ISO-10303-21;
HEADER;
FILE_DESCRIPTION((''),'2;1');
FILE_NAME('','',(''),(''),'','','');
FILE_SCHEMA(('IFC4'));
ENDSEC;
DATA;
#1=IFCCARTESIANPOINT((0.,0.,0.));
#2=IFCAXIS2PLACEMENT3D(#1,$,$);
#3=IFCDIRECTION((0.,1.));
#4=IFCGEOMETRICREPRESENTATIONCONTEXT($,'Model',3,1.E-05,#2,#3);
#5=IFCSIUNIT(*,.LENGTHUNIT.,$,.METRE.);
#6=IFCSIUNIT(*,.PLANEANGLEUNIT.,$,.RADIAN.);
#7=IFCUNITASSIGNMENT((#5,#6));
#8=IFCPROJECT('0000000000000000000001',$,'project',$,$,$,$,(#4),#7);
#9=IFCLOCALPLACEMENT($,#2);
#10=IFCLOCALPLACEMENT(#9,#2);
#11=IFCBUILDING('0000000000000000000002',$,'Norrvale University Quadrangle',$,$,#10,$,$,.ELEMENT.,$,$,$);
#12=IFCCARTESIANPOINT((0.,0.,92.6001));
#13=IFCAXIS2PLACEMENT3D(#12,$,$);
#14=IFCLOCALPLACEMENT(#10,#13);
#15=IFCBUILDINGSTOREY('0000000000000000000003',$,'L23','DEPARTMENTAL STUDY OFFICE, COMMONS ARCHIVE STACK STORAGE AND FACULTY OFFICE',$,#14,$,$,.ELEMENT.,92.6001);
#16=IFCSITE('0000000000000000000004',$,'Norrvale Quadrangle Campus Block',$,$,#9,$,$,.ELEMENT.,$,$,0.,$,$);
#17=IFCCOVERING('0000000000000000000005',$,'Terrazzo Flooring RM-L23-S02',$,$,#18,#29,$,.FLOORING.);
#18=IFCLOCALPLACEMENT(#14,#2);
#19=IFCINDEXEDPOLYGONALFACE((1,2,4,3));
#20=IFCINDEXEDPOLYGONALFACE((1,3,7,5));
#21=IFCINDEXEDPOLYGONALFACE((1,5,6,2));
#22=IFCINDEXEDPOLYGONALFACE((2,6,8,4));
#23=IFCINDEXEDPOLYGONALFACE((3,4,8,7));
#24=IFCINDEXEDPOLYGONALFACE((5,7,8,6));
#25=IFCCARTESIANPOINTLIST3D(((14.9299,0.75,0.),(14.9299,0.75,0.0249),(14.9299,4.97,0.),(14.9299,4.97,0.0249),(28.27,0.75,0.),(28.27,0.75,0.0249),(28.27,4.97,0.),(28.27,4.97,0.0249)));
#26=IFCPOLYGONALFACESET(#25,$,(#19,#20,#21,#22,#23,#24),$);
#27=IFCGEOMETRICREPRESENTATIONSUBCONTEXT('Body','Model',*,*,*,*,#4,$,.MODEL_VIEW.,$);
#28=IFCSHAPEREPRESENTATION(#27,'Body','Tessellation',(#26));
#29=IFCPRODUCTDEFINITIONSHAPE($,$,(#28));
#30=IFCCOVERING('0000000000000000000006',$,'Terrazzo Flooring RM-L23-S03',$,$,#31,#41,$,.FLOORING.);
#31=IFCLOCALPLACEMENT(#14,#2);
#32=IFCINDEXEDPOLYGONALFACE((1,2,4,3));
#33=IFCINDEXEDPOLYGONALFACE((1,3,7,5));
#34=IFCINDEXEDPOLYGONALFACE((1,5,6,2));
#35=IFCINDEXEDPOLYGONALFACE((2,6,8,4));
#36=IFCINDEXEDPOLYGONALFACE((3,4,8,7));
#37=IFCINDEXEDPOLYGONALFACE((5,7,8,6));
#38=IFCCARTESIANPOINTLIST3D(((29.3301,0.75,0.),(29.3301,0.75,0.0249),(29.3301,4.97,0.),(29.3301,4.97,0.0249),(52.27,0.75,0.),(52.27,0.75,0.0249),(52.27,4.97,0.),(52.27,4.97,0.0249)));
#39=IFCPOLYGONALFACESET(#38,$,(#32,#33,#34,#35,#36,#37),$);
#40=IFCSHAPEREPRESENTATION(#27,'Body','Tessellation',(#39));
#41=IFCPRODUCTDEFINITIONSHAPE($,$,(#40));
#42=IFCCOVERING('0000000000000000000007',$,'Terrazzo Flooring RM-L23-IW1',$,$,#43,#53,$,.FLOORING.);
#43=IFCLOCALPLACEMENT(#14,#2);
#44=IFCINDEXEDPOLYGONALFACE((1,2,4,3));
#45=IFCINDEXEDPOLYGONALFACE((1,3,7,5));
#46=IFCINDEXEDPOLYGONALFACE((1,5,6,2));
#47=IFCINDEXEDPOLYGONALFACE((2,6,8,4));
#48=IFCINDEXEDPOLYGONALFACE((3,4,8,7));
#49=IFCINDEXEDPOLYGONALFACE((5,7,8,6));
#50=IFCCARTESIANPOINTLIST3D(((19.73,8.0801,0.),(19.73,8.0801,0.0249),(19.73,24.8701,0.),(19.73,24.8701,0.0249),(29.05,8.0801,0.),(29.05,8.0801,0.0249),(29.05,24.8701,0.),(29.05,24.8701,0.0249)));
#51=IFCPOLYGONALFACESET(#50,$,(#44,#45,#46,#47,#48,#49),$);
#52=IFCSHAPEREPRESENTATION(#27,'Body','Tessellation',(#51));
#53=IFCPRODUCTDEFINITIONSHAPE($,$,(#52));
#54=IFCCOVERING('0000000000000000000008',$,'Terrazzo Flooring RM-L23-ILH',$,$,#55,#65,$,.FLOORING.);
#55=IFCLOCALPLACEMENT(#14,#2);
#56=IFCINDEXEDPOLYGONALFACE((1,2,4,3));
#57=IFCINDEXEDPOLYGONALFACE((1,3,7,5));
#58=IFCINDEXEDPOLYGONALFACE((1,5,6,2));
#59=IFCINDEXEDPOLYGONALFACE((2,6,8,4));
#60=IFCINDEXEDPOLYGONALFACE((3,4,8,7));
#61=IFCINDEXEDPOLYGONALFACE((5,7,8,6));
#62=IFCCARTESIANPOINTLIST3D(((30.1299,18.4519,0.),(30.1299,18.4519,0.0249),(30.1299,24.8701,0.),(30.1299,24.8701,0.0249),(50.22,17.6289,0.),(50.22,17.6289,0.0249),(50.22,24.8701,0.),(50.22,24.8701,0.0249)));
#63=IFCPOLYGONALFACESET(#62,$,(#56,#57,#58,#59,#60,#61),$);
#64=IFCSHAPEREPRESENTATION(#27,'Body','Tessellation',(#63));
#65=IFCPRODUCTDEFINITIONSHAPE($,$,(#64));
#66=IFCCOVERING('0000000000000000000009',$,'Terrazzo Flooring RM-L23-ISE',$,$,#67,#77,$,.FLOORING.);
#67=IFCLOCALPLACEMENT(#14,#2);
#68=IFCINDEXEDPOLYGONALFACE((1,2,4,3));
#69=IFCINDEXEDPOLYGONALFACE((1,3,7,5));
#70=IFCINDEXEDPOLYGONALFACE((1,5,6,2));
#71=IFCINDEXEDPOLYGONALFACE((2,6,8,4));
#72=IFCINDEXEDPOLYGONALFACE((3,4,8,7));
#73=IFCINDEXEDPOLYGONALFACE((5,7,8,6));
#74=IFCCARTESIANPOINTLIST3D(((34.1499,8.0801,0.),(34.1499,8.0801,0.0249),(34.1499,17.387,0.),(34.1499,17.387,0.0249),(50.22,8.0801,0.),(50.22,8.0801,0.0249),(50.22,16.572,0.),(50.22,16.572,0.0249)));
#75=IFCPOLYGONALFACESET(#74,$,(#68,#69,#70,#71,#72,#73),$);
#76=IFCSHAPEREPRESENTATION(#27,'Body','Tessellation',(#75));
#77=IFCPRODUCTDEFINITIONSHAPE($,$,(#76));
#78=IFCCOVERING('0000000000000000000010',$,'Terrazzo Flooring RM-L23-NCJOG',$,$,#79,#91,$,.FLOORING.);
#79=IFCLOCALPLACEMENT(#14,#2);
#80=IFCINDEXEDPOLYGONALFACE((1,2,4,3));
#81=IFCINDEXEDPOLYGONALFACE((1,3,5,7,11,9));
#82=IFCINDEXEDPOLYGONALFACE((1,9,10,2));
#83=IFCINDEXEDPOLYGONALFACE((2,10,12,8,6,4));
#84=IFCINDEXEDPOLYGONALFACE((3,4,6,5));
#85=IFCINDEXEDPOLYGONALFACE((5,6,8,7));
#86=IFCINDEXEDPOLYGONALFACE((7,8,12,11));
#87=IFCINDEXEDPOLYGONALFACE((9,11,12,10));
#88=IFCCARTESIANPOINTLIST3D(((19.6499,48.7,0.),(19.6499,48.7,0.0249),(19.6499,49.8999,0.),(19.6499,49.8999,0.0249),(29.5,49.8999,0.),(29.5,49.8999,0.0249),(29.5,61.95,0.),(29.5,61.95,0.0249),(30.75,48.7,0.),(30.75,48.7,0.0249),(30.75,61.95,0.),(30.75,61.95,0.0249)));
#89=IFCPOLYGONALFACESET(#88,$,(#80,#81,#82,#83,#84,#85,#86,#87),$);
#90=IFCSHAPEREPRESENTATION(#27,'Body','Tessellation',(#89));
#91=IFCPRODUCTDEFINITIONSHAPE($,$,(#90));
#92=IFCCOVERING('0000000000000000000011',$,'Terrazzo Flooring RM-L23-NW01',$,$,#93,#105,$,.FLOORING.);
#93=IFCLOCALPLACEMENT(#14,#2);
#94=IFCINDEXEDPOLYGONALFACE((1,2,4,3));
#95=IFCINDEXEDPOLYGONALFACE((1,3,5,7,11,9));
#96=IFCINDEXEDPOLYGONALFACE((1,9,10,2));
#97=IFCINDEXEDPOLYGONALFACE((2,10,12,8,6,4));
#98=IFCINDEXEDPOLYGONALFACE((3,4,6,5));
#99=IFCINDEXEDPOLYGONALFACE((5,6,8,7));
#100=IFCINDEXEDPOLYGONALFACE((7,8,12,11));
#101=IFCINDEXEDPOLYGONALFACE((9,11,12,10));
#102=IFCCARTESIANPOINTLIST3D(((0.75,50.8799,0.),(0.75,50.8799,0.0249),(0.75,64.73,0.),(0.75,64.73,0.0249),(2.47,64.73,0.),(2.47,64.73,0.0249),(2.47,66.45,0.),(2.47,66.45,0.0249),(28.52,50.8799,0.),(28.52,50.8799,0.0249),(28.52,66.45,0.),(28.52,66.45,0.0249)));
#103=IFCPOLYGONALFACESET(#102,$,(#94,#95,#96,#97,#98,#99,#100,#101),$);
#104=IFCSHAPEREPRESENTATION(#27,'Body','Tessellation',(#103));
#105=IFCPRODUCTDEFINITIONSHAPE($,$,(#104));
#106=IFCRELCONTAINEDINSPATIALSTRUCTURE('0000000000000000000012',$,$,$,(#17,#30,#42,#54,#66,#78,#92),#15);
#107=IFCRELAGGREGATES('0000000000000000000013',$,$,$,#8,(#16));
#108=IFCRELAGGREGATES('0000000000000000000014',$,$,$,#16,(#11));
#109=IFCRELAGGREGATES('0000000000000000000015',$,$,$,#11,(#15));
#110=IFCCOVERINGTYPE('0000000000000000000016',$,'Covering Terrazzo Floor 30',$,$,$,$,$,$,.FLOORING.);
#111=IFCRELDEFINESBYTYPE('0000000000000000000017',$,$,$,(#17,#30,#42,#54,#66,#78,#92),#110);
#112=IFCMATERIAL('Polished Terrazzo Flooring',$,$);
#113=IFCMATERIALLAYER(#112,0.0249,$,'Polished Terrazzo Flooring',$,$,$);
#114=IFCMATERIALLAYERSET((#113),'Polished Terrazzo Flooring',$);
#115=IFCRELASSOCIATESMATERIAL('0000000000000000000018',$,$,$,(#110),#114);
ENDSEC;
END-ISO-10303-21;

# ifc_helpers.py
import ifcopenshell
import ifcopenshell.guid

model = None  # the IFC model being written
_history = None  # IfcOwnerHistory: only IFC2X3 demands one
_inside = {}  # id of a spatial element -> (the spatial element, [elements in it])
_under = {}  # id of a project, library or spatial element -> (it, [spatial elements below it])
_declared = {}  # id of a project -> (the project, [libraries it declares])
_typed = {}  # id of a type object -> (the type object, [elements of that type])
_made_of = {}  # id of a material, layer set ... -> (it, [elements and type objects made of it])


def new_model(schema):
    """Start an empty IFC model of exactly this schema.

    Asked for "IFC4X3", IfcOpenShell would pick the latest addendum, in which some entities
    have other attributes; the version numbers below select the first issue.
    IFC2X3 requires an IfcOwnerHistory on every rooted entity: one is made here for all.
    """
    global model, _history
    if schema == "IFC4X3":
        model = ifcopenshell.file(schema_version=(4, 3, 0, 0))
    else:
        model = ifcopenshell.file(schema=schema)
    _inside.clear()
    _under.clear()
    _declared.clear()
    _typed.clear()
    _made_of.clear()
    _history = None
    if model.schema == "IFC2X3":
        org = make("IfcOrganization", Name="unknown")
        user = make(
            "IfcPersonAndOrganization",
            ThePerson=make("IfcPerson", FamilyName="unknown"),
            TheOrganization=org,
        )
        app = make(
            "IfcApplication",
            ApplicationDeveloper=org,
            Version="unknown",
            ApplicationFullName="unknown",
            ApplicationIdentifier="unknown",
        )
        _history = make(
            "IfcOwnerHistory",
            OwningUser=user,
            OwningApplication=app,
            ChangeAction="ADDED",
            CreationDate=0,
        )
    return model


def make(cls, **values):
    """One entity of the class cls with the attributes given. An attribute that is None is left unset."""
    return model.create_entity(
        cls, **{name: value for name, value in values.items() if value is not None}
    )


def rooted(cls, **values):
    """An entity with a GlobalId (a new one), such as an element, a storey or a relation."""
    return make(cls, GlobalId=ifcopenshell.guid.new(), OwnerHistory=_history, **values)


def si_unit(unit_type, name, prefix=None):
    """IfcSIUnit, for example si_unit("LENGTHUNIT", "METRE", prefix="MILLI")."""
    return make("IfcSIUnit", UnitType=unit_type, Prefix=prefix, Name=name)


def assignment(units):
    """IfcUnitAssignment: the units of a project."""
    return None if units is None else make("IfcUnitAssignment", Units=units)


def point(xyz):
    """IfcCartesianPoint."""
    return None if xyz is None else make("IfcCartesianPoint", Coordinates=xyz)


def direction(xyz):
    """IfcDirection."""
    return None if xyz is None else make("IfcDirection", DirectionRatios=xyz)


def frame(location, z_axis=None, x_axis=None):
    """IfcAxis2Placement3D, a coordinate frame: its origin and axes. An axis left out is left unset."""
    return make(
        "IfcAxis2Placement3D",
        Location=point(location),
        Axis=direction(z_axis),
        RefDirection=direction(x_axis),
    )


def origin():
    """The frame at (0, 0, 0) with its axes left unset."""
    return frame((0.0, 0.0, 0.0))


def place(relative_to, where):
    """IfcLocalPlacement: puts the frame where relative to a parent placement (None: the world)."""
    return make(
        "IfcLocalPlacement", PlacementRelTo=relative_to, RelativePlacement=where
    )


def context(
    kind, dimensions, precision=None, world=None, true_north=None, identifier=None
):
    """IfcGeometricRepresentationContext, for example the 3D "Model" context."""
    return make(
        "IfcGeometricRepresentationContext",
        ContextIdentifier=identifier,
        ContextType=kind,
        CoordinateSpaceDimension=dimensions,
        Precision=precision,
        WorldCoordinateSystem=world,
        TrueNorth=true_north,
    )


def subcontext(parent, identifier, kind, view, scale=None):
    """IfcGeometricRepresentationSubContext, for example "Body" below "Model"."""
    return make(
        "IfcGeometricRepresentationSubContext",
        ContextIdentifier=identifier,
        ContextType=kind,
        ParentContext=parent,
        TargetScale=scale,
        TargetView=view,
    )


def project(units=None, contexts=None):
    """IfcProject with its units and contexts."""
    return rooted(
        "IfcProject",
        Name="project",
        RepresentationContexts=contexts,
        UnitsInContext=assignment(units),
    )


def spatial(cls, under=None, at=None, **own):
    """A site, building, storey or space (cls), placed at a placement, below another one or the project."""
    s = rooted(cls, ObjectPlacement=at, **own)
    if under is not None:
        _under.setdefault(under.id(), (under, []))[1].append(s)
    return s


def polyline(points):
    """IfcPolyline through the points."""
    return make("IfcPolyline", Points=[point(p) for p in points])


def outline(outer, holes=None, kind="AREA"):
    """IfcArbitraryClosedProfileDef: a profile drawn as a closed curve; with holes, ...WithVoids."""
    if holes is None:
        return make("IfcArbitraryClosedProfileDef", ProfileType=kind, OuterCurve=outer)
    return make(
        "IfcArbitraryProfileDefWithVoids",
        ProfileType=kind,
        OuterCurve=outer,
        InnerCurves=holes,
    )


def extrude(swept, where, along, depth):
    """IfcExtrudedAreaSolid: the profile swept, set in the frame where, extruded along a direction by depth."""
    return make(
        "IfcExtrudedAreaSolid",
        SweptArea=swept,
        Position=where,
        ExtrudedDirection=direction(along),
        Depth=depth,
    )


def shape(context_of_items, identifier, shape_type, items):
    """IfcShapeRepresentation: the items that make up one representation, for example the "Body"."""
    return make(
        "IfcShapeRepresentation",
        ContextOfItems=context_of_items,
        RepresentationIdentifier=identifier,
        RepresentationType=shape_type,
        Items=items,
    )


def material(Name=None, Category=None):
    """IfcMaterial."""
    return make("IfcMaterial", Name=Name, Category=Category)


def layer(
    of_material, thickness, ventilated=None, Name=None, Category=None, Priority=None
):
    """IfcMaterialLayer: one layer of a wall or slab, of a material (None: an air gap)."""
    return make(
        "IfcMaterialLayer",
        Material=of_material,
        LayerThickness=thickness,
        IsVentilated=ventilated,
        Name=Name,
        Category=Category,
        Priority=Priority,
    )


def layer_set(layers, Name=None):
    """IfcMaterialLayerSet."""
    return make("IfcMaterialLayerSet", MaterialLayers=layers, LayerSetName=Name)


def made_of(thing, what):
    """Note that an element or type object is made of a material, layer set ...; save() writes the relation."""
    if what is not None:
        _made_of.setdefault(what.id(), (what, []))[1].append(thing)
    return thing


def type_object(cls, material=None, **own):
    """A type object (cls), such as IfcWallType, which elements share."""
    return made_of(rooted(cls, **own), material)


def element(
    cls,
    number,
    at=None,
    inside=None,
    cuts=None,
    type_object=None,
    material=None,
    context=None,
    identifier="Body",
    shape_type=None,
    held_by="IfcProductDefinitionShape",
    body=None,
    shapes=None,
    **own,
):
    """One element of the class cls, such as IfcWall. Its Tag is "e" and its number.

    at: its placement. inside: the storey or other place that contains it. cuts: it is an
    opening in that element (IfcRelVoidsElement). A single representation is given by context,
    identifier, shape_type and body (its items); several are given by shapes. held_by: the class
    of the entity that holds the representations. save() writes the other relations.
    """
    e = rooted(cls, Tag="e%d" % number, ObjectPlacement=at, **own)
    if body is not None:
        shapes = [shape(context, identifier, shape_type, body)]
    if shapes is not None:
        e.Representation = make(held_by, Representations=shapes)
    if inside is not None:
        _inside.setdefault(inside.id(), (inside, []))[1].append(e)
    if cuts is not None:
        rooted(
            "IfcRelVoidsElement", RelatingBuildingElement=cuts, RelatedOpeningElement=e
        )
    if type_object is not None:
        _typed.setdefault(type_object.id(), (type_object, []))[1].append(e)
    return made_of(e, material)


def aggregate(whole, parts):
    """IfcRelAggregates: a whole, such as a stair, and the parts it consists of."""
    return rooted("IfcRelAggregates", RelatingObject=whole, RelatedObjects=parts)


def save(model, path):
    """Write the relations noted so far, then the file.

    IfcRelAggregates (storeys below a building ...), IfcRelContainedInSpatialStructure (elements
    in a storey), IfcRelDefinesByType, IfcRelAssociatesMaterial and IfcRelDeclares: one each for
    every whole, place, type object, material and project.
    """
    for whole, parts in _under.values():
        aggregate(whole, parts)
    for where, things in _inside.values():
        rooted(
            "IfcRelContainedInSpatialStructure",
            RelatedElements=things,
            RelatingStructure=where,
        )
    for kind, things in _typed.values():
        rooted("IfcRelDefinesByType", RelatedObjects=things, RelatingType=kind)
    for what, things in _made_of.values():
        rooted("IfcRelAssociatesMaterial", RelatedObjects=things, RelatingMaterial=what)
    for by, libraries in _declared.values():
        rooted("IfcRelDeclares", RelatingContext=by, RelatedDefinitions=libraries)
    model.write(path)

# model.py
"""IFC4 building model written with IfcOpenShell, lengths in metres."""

from ifc_helpers import new_model, si_unit, direction, frame, origin, place, context, subcontext, project, spatial, polyline, outline, extrude, material, layer, layer_set, type_object, element, save


model = new_model("IFC4")

# Units and contexts
model_context = context("Model", 3, precision=1e-05, world=origin(), true_north=direction((0.0, 1.0)))
body_context = subcontext(model_context, "Body", "Model", "MODEL_VIEW")
ifc_project = project(units=[si_unit("LENGTHUNIT", "METRE"), si_unit("PLANEANGLEUNIT", "RADIAN")], contexts=[model_context])

# Site, building, storey
site_placement = place(None, origin())
site = spatial("IfcSite", under=ifc_project, at=site_placement, Name="Norrvale Quadrangle Campus Block", CompositionType="ELEMENT", RefElevation=0.0)
building_placement = place(site_placement, origin())
building = spatial("IfcBuilding", under=site, at=building_placement, Name="Norrvale University Quadrangle", CompositionType="ELEMENT")
storey_placement = place(building_placement, frame((0.0, 0.0, 92.6001)))
storey = spatial("IfcBuildingStorey", under=building, at=storey_placement, Name="L23", Description="DEPARTMENTAL STUDY OFFICE, COMMONS ARCHIVE STACK STORAGE AND FACULTY OFFICE", CompositionType="ELEMENT", Elevation=92.6001)

# Coverings
ifc_material_1 = material(Name="Polished Terrazzo Flooring")
ifc_layer_1 = layer(ifc_material_1, 0.0249, Name="Polished Terrazzo Flooring")
ifc_layer_set_1 = layer_set([ifc_layer_1], Name="Polished Terrazzo Flooring")
covering_type_1 = type_object("IfcCoveringType", Name="Covering Terrazzo Floor 30", PredefinedType="FLOORING", material=ifc_layer_set_1)
covering_1_placement = place(storey_placement, origin())
element("IfcCovering", 1, at=covering_1_placement, inside=storey, type_object=covering_type_1, Name="Terrazzo Flooring RM-L23-S02", PredefinedType="FLOORING", context=body_context, shape_type="SweptSolid", body=[
    extrude(outline(polyline([(14.9299, 4.97), (28.27, 4.97), (28.27, 0.75), (14.9299, 0.75), (14.9299, 4.97)])), origin(), (0.0, 0.0, 1.0), 0.0249),
])
covering_2_placement = place(storey_placement, origin())
element("IfcCovering", 2, at=covering_2_placement, inside=storey, type_object=covering_type_1, Name="Terrazzo Flooring RM-L23-S03", PredefinedType="FLOORING", context=body_context, shape_type="SweptSolid", body=[
    extrude(outline(polyline([(29.3301, 4.97), (52.27, 4.97), (52.27, 0.75), (29.3301, 0.75), (29.3301, 4.97)])), origin(), (0.0, 0.0, 1.0), 0.0249),
])
covering_3_placement = place(storey_placement, origin())
element("IfcCovering", 3, at=covering_3_placement, inside=storey, type_object=covering_type_1, Name="Terrazzo Flooring RM-L23-IW1", PredefinedType="FLOORING", context=body_context, shape_type="SweptSolid", body=[
    extrude(outline(polyline([(19.73, 8.0801), (19.73, 24.8701), (29.05, 24.8701), (29.05, 8.0801), (19.73, 8.0801)])), origin(), (0.0, 0.0, 1.0), 0.0249),
])
covering_4_placement = place(storey_placement, origin())
element("IfcCovering", 4, at=covering_4_placement, inside=storey, type_object=covering_type_1, Name="Terrazzo Flooring RM-L23-ILH", PredefinedType="FLOORING", context=body_context, shape_type="SweptSolid", body=[
    extrude(outline(polyline([(30.1299, 18.4519), (30.1299, 24.8701), (50.22, 24.8701), (50.22, 17.6289), (30.1299, 18.4519)])), origin(), (0.0, 0.0, 1.0), 0.0249),
])
covering_5_placement = place(storey_placement, origin())
element("IfcCovering", 5, at=covering_5_placement, inside=storey, type_object=covering_type_1, Name="Terrazzo Flooring RM-L23-ISE", PredefinedType="FLOORING", context=body_context, shape_type="SweptSolid", body=[
    extrude(outline(polyline([(34.1499, 8.0801), (34.1499, 17.387), (50.22, 16.572), (50.22, 8.0801), (34.1499, 8.0801)])), origin(), (0.0, 0.0, 1.0), 0.0249),
])
covering_6_placement = place(storey_placement, origin())
element("IfcCovering", 6, at=covering_6_placement, inside=storey, type_object=covering_type_1, Name="Terrazzo Flooring RM-L23-NCJOG", PredefinedType="FLOORING", context=body_context, shape_type="SweptSolid", body=[
    extrude(outline(polyline([(19.6499, 48.7), (19.6499, 49.8999), (29.5, 49.8999), (29.5, 61.95), (30.75, 61.95), (30.75, 48.7), (19.6499, 48.7)])), origin(), (0.0, 0.0, 1.0), 0.0249),
])
covering_7_placement = place(storey_placement, origin())
element("IfcCovering", 7, at=covering_7_placement, inside=storey, type_object=covering_type_1, Name="Terrazzo Flooring RM-L23-NW01", PredefinedType="FLOORING", context=body_context, shape_type="SweptSolid", body=[
    extrude(outline(polyline([(28.52, 66.45), (28.52, 50.8799), (0.75, 50.8799), (0.75, 64.73), (2.47, 64.73), (2.47, 66.45), (28.52, 66.45)])), origin(), (0.0, 0.0, 1.0), 0.0249),
])

save(model, "model.ifc")
